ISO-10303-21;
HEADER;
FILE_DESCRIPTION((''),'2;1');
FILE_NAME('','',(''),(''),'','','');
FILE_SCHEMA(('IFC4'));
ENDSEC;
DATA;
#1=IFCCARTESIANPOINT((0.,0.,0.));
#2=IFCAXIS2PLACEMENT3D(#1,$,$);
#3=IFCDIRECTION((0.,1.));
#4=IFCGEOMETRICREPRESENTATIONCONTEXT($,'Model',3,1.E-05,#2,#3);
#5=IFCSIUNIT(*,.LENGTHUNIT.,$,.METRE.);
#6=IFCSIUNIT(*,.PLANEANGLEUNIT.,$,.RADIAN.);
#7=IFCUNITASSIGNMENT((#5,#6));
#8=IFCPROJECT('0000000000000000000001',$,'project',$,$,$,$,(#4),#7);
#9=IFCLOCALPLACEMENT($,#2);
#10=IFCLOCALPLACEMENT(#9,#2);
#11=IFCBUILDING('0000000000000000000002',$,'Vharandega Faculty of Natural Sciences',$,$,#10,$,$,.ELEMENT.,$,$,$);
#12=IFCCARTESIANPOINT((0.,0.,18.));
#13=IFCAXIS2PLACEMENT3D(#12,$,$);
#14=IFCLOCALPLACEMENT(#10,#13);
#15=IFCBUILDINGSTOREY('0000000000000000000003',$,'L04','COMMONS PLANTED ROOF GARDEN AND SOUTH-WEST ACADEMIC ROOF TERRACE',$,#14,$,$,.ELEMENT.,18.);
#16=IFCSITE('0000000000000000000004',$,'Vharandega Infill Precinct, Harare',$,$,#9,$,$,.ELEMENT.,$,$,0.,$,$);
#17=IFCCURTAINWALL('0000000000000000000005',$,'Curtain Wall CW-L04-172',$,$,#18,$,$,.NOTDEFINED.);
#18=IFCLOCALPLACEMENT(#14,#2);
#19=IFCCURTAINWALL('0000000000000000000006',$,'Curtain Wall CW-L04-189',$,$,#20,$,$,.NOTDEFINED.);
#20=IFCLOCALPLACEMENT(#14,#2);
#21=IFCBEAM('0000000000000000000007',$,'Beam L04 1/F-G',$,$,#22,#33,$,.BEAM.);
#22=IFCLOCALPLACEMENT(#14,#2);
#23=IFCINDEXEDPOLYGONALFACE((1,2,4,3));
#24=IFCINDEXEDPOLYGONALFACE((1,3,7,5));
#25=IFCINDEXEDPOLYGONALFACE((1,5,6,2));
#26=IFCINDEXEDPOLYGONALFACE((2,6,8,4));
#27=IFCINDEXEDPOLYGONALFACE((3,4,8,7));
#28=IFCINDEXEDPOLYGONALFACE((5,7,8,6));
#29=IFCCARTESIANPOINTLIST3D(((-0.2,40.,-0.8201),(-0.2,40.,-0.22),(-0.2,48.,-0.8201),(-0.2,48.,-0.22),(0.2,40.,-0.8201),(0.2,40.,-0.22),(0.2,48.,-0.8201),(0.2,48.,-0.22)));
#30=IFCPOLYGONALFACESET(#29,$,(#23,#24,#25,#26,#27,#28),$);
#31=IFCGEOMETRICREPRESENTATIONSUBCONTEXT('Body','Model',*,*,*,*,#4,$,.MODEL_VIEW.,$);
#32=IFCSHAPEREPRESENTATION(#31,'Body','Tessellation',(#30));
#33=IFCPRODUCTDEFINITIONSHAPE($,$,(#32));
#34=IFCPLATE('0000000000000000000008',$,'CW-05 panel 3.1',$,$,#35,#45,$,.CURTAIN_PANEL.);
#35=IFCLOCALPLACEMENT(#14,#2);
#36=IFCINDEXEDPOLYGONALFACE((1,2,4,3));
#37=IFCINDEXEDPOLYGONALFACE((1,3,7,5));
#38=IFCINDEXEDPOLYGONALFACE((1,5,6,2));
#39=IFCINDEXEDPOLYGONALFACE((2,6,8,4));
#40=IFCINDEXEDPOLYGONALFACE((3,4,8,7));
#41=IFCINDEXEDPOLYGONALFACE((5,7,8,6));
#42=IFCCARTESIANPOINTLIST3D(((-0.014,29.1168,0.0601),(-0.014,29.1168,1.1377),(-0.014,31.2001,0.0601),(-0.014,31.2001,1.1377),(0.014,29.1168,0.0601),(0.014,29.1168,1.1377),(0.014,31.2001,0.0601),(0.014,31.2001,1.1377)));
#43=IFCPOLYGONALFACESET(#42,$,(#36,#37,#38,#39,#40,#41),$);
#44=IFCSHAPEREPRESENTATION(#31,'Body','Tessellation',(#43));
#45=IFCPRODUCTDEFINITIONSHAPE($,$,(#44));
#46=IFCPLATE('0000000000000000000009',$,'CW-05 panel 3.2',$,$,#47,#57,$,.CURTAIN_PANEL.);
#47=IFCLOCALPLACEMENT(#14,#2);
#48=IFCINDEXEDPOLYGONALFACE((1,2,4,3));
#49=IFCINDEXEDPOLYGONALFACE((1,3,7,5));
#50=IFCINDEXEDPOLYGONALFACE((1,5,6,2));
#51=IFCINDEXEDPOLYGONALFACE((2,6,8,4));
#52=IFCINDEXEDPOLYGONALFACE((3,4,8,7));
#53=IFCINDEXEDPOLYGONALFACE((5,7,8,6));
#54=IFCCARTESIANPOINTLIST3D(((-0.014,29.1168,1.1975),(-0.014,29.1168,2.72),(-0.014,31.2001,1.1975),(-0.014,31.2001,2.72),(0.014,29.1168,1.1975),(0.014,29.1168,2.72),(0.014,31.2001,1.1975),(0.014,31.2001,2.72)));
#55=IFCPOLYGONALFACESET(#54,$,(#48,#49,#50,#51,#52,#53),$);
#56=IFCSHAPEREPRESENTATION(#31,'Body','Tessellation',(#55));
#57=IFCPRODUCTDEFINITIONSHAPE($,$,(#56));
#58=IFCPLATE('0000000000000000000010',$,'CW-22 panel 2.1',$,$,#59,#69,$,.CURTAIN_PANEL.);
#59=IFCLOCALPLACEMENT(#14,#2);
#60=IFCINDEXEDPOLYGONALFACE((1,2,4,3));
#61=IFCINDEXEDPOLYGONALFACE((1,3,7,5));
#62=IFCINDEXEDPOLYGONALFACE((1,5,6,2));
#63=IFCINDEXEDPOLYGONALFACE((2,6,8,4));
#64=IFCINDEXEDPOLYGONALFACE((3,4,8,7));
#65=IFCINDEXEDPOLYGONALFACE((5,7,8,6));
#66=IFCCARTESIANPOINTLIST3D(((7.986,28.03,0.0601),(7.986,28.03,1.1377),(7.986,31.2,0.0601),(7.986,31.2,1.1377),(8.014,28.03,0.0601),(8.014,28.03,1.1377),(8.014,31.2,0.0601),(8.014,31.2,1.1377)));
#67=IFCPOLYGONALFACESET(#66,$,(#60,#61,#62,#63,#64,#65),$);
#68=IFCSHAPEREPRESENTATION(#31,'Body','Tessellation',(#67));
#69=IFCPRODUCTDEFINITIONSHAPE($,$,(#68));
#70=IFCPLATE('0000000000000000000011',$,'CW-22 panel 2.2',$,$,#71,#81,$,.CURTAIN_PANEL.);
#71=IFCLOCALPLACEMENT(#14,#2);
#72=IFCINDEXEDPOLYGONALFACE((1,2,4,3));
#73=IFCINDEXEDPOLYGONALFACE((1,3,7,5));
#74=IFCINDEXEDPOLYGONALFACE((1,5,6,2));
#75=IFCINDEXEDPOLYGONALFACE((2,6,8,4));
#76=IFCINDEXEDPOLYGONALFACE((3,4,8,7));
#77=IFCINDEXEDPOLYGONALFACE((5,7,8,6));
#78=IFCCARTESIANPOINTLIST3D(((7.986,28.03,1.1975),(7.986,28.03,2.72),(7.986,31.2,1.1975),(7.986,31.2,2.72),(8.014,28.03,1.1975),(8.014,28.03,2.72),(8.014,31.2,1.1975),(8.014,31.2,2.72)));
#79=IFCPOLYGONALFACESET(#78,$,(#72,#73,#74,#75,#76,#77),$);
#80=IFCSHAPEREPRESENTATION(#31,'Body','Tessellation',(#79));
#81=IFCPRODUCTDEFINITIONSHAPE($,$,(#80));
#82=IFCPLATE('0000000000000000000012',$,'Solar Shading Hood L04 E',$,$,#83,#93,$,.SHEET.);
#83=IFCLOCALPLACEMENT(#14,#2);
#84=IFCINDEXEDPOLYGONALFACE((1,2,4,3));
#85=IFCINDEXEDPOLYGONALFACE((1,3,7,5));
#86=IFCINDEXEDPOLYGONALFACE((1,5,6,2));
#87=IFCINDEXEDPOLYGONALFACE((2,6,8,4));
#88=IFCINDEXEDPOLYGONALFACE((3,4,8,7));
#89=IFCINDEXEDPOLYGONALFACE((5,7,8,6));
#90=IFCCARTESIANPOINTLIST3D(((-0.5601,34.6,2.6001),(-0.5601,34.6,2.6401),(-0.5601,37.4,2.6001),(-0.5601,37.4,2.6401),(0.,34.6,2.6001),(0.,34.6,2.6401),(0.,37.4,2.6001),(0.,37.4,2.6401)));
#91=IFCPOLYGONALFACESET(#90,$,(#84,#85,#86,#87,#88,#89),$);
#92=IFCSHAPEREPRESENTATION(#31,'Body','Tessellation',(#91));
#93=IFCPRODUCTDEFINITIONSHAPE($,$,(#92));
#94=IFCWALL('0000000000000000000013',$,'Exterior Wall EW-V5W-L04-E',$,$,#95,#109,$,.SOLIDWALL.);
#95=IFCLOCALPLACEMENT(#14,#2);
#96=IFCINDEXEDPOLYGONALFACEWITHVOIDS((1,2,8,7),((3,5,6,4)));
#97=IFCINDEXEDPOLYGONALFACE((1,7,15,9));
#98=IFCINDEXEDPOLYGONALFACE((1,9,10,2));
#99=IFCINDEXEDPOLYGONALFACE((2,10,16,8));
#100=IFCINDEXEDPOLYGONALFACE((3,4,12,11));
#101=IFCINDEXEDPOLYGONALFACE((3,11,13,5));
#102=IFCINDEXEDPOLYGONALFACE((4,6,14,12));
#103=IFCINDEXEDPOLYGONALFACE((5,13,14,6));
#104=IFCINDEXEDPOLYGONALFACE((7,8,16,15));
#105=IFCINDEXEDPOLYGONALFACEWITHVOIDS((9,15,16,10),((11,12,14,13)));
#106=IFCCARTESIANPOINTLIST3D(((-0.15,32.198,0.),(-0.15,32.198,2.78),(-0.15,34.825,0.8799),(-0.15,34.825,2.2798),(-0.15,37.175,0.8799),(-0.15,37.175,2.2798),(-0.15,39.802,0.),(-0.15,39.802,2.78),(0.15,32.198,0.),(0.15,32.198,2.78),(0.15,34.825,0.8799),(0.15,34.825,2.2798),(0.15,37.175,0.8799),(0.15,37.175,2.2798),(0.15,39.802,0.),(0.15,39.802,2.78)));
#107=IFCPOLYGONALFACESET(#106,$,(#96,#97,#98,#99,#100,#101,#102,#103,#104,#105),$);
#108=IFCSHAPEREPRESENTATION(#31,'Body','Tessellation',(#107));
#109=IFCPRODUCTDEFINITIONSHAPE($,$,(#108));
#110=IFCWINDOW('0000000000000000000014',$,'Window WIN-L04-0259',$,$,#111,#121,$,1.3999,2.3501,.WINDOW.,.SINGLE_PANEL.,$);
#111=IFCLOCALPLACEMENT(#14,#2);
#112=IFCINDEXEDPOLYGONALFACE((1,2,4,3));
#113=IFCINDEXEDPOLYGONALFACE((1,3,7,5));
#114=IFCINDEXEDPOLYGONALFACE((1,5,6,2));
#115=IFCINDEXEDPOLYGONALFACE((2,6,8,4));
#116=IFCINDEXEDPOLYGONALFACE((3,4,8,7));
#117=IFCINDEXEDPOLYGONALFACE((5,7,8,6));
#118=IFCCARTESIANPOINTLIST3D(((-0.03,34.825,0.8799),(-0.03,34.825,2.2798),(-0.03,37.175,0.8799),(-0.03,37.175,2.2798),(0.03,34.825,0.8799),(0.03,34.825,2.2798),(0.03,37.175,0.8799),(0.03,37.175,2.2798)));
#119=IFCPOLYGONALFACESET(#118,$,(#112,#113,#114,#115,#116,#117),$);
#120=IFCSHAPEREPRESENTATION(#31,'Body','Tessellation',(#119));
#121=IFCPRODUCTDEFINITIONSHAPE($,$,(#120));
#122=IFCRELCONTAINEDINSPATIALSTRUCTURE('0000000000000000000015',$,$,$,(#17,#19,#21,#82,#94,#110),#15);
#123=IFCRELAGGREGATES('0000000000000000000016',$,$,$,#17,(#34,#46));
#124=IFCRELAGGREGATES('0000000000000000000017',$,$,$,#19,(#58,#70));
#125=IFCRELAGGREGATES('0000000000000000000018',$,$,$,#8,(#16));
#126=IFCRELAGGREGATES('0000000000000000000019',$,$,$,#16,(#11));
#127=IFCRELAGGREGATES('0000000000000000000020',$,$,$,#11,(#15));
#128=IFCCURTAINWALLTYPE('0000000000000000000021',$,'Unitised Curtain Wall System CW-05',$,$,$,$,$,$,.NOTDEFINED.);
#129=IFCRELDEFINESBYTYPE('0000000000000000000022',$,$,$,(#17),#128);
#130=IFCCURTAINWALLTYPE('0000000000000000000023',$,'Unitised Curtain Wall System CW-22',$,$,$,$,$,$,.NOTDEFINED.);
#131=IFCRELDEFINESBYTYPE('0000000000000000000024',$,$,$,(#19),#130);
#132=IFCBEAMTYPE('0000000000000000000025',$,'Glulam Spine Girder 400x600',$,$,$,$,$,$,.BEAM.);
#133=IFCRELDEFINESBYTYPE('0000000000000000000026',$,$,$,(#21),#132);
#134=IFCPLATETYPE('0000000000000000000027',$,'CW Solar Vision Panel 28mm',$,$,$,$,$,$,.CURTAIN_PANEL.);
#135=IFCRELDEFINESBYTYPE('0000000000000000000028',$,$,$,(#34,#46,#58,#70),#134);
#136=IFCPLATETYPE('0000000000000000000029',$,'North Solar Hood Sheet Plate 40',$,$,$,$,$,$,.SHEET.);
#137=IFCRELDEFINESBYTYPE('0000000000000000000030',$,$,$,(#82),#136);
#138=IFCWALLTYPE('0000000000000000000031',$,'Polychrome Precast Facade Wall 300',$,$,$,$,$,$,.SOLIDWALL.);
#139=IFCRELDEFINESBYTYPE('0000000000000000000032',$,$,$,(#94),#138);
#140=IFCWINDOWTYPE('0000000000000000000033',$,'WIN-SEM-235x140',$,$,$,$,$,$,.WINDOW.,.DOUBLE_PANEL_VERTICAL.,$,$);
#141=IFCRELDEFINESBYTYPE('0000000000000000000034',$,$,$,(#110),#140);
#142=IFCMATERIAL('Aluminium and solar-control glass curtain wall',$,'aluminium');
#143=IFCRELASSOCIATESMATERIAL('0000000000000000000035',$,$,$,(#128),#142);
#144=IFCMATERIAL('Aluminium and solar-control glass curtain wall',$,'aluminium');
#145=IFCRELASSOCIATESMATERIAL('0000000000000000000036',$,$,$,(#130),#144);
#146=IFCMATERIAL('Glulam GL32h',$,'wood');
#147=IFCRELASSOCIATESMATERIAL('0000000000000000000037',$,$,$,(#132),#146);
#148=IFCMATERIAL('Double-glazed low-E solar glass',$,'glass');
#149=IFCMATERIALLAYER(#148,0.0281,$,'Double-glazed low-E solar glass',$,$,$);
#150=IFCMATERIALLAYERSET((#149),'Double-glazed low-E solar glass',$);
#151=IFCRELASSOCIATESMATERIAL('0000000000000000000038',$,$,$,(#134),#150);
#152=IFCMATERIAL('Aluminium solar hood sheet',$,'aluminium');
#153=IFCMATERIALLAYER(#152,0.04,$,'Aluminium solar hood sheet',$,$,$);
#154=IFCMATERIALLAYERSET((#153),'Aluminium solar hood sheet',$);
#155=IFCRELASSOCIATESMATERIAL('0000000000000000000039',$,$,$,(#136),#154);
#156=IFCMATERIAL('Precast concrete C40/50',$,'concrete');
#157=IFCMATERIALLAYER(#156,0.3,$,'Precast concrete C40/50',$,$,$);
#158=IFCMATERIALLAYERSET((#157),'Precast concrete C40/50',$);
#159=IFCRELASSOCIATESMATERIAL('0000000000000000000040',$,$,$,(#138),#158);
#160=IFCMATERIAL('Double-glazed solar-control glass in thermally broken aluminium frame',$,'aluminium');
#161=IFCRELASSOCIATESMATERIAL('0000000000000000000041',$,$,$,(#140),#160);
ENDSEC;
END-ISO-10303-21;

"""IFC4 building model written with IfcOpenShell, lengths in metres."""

from ifc_helpers import new_model, si_unit, direction, frame, frame_2d, origin, origin_2d, place, context, subcontext, project, spatial, rectangle, extrude, material, layer, layer_set, material_profile, profile_set, type_object, element, fill, aggregate, save


model = new_model("IFC4")

# Units and contexts
model_context = context("Model", 3, precision=1e-05, world=origin(), true_north=direction((0.0, 1.0)))
body_context = subcontext(model_context, "Body", "Model", "MODEL_VIEW")
ifc_project = project(units=[si_unit("LENGTHUNIT", "METRE"), si_unit("PLANEANGLEUNIT", "RADIAN")], contexts=[model_context])

# Site, building, storey
site_placement = place(None, origin())
site = spatial("IfcSite", under=ifc_project, at=site_placement, Name="Vharandega Infill Precinct, Harare", CompositionType="ELEMENT", RefElevation=0.0)
building_placement = place(site_placement, origin())
building = spatial("IfcBuilding", under=site, at=building_placement, Name="Vharandega Faculty of Natural Sciences", CompositionType="ELEMENT")
storey_placement = place(building_placement, frame((0.0, 0.0, 18.0)))
storey = spatial("IfcBuildingStorey", under=building, at=storey_placement, Name="L04", Description="COMMONS PLANTED ROOF GARDEN AND SOUTH-WEST ACADEMIC ROOF TERRACE", CompositionType="ELEMENT", Elevation=18.0)

# Curtain wall
ifc_material_1 = material(Name="Aluminium and solar-control glass curtain wall", Category="aluminium")
curtain_wall_type_1 = type_object("IfcCurtainWallType", Name="Unitised Curtain Wall System CW-05", PredefinedType="NOTDEFINED", material=ifc_material_1)
curtain_wall_1_placement = place(storey_placement, origin())
curtain_wall_1 = element("IfcCurtainWall", 1, at=curtain_wall_1_placement, inside=storey, type_object=curtain_wall_type_1, Name="Curtain Wall CW-L04-172", PredefinedType="NOTDEFINED")

# Curtain wall
ifc_material_2 = material(Name="Aluminium and solar-control glass curtain wall", Category="aluminium")
curtain_wall_type_2 = type_object("IfcCurtainWallType", Name="Unitised Curtain Wall System CW-22", PredefinedType="NOTDEFINED", material=ifc_material_2)
curtain_wall_2_placement = place(storey_placement, origin())
curtain_wall_2 = element("IfcCurtainWall", 2, at=curtain_wall_2_placement, inside=storey, type_object=curtain_wall_type_2, Name="Curtain Wall CW-L04-189", PredefinedType="NOTDEFINED")

# Beam
ifc_material_3 = material(Name="Glulam GL32h", Category="wood")
ifc_material_profile_1 = material_profile(ifc_material_3, rectangle(XDim=0.3999, YDim=0.6001, at=origin_2d()), Name="GL32h 400x600")
ifc_profile_set_1 = profile_set([ifc_material_profile_1], Name="Glulam GL32h")
beam_type_1 = type_object("IfcBeamType", Name="Glulam Spine Girder 400x600", PredefinedType="BEAM", material=ifc_profile_set_1)
for number, where, z_axis, x_axis, name in (
    (3, (0.0, 40.0, -0.52), (0.0, 1.0, 0.0), (-1.0, 0.0, 0.0), "Beam L04 1/F-G"),
):
    element("IfcBeam", number, at=place(storey_placement, frame(where, z_axis=z_axis, x_axis=x_axis)), inside=storey, type_object=beam_type_1, Name=name, PredefinedType="BEAM", context=body_context, shape_type="SweptSolid", body=[
        extrude(rectangle(XDim=0.3999, YDim=0.6001, at=origin_2d()), origin(), (0.0, 0.0, 1.0), 8.0),
    ])

# Plates
ifc_material_4 = material(Name="Double-glazed low-E solar glass", Category="glass")
ifc_layer_1 = layer(ifc_material_4, 0.0281, Name="Double-glazed low-E solar glass")
ifc_layer_set_1 = layer_set([ifc_layer_1], Name="Double-glazed low-E solar glass")
plate_type_1 = type_object("IfcPlateType", Name="CW Solar Vision Panel 28mm", PredefinedType="CURTAIN_PANEL", material=ifc_layer_set_1)
plate_1_placement = place(storey_placement, frame((0.0, 30.1584, 0.0601), z_axis=(0.0, 0.0, 1.0), x_axis=(0.0, 1.0, 0.0)))
plate_1 = element("IfcPlate", 4, at=plate_1_placement, type_object=plate_type_1, Name="CW-05 panel 3.1", PredefinedType="CURTAIN_PANEL", context=body_context, shape_type="SweptSolid", body=[
    extrude(rectangle(XDim=2.0833, YDim=0.0281, at=origin_2d()), origin(), (0.0, 0.0, 1.0), 1.0776),
])
plate_2_placement = place(storey_placement, frame((0.0, 30.1584, 1.1975), z_axis=(0.0, 0.0, 1.0), x_axis=(0.0, 1.0, 0.0)))
plate_2 = element("IfcPlate", 5, at=plate_2_placement, type_object=plate_type_1, Name="CW-05 panel 3.2", PredefinedType="CURTAIN_PANEL", context=body_context, shape_type="SweptSolid", body=[
    extrude(rectangle(XDim=2.0833, YDim=0.0281, at=origin_2d()), origin(), (0.0, 0.0, 1.0), 1.5225),
])
aggregate(curtain_wall_1, [plate_1, plate_2])
plate_3_placement = place(storey_placement, frame((8.0, 29.615, 0.0601), z_axis=(0.0, 0.0, 1.0), x_axis=(0.0, 1.0, 0.0)))
plate_3 = element("IfcPlate", 6, at=plate_3_placement, type_object=plate_type_1, Name="CW-22 panel 2.1", PredefinedType="CURTAIN_PANEL", context=body_context, shape_type="SweptSolid", body=[
    extrude(rectangle(XDim=3.1699, YDim=0.0281, at=origin_2d()), origin(), (0.0, 0.0, 1.0), 1.0776),
])
plate_4_placement = place(storey_placement, frame((8.0, 29.615, 1.1975), z_axis=(0.0, 0.0, 1.0), x_axis=(0.0, 1.0, 0.0)))
plate_4 = element("IfcPlate", 7, at=plate_4_placement, type_object=plate_type_1, Name="CW-22 panel 2.2", PredefinedType="CURTAIN_PANEL", context=body_context, shape_type="SweptSolid", body=[
    extrude(rectangle(XDim=3.1699, YDim=0.0281, at=origin_2d()), origin(), (0.0, 0.0, 1.0), 1.5225),
])
aggregate(curtain_wall_2, [plate_3, plate_4])
ifc_material_5 = material(Name="Aluminium solar hood sheet", Category="aluminium")
ifc_layer_2 = layer(ifc_material_5, 0.04, Name="Aluminium solar hood sheet")
ifc_layer_set_2 = layer_set([ifc_layer_2], Name="Aluminium solar hood sheet")
plate_type_2 = type_object("IfcPlateType", Name="North Solar Hood Sheet Plate 40", PredefinedType="SHEET", material=ifc_layer_set_2)
plate_5_placement = place(storey_placement, frame((-0.28, 36.0, 2.6001), z_axis=(0.0, 0.0, 1.0), x_axis=(1.0, 0.0, 0.0)))
element("IfcPlate", 8, at=plate_5_placement, inside=storey, type_object=plate_type_2, Name="Solar Shading Hood L04 E", PredefinedType="SHEET", context=body_context, shape_type="SweptSolid", body=[
    extrude(rectangle(XDim=0.5601, YDim=2.8, at=origin_2d()), origin(), (0.0, 0.0, 1.0), 0.04),
])

# Wall, opening, window
ifc_material_6 = material(Name="Precast concrete C40/50", Category="concrete")
ifc_layer_3 = layer(ifc_material_6, 0.3, Name="Precast concrete C40/50")
ifc_layer_set_3 = layer_set([ifc_layer_3], Name="Precast concrete C40/50")
wall_type = type_object("IfcWallType", Name="Polychrome Precast Facade Wall 300", PredefinedType="SOLIDWALL", material=ifc_layer_set_3)
wall_placement = place(storey_placement, frame((0.0, 32.198, 0.0), z_axis=(0.0, 0.0, 1.0), x_axis=(0.0, 1.0, 0.0)))
wall = element("IfcWall", 9, at=wall_placement, inside=storey, type_object=wall_type, Name="Exterior Wall EW-V5W-L04-E", PredefinedType="SOLIDWALL", context=body_context, shape_type="SweptSolid", body=[
    extrude(rectangle(XDim=7.604, YDim=0.3, at=frame_2d((3.802, 0.0))), origin(), (0.0, 0.0, 1.0), 2.78),
])
opening_placement = place(wall_placement, frame((2.627, 0.0, 0.8799)))
opening = element("IfcOpeningElement", 10, at=opening_placement, cuts=wall, PredefinedType="OPENING", context=body_context, shape_type="SweptSolid", body=[
    extrude(rectangle(XDim=2.3501, YDim=1.3999, at=frame_2d((1.175, 0.7))), frame((0.0, 0.1602, 0.0), z_axis=(0.0, -1.0, 0.0), x_axis=(1.0, 0.0, 0.0)), (0.0, 0.0, 1.0), 0.3201),
])
ifc_material_7 = material(Name="Double-glazed solar-control glass in thermally broken aluminium frame", Category="aluminium")
window_type = type_object("IfcWindowType", Name="WIN-SEM-235x140", PartitioningType="DOUBLE_PANEL_VERTICAL", PredefinedType="WINDOW", material=ifc_material_7)
window_placement = place(opening_placement, origin())
window = element("IfcWindow", 11, at=window_placement, inside=storey, type_object=window_type, Name="Window WIN-L04-0259", OverallHeight=1.3999, OverallWidth=2.3501, PartitioningType="SINGLE_PANEL", PredefinedType="WINDOW", context=body_context, shape_type="SweptSolid", body=[
    extrude(rectangle(XDim=2.3501, YDim=1.3999, at=frame_2d((1.175, 0.7))), frame((0.0, 0.03, 0.0), z_axis=(0.0, -1.0, 0.0), x_axis=(1.0, 0.0, 0.0)), (0.0, 0.0, 1.0), 0.0601),
])
fill(opening, window)

save(model, "model.ifc")
